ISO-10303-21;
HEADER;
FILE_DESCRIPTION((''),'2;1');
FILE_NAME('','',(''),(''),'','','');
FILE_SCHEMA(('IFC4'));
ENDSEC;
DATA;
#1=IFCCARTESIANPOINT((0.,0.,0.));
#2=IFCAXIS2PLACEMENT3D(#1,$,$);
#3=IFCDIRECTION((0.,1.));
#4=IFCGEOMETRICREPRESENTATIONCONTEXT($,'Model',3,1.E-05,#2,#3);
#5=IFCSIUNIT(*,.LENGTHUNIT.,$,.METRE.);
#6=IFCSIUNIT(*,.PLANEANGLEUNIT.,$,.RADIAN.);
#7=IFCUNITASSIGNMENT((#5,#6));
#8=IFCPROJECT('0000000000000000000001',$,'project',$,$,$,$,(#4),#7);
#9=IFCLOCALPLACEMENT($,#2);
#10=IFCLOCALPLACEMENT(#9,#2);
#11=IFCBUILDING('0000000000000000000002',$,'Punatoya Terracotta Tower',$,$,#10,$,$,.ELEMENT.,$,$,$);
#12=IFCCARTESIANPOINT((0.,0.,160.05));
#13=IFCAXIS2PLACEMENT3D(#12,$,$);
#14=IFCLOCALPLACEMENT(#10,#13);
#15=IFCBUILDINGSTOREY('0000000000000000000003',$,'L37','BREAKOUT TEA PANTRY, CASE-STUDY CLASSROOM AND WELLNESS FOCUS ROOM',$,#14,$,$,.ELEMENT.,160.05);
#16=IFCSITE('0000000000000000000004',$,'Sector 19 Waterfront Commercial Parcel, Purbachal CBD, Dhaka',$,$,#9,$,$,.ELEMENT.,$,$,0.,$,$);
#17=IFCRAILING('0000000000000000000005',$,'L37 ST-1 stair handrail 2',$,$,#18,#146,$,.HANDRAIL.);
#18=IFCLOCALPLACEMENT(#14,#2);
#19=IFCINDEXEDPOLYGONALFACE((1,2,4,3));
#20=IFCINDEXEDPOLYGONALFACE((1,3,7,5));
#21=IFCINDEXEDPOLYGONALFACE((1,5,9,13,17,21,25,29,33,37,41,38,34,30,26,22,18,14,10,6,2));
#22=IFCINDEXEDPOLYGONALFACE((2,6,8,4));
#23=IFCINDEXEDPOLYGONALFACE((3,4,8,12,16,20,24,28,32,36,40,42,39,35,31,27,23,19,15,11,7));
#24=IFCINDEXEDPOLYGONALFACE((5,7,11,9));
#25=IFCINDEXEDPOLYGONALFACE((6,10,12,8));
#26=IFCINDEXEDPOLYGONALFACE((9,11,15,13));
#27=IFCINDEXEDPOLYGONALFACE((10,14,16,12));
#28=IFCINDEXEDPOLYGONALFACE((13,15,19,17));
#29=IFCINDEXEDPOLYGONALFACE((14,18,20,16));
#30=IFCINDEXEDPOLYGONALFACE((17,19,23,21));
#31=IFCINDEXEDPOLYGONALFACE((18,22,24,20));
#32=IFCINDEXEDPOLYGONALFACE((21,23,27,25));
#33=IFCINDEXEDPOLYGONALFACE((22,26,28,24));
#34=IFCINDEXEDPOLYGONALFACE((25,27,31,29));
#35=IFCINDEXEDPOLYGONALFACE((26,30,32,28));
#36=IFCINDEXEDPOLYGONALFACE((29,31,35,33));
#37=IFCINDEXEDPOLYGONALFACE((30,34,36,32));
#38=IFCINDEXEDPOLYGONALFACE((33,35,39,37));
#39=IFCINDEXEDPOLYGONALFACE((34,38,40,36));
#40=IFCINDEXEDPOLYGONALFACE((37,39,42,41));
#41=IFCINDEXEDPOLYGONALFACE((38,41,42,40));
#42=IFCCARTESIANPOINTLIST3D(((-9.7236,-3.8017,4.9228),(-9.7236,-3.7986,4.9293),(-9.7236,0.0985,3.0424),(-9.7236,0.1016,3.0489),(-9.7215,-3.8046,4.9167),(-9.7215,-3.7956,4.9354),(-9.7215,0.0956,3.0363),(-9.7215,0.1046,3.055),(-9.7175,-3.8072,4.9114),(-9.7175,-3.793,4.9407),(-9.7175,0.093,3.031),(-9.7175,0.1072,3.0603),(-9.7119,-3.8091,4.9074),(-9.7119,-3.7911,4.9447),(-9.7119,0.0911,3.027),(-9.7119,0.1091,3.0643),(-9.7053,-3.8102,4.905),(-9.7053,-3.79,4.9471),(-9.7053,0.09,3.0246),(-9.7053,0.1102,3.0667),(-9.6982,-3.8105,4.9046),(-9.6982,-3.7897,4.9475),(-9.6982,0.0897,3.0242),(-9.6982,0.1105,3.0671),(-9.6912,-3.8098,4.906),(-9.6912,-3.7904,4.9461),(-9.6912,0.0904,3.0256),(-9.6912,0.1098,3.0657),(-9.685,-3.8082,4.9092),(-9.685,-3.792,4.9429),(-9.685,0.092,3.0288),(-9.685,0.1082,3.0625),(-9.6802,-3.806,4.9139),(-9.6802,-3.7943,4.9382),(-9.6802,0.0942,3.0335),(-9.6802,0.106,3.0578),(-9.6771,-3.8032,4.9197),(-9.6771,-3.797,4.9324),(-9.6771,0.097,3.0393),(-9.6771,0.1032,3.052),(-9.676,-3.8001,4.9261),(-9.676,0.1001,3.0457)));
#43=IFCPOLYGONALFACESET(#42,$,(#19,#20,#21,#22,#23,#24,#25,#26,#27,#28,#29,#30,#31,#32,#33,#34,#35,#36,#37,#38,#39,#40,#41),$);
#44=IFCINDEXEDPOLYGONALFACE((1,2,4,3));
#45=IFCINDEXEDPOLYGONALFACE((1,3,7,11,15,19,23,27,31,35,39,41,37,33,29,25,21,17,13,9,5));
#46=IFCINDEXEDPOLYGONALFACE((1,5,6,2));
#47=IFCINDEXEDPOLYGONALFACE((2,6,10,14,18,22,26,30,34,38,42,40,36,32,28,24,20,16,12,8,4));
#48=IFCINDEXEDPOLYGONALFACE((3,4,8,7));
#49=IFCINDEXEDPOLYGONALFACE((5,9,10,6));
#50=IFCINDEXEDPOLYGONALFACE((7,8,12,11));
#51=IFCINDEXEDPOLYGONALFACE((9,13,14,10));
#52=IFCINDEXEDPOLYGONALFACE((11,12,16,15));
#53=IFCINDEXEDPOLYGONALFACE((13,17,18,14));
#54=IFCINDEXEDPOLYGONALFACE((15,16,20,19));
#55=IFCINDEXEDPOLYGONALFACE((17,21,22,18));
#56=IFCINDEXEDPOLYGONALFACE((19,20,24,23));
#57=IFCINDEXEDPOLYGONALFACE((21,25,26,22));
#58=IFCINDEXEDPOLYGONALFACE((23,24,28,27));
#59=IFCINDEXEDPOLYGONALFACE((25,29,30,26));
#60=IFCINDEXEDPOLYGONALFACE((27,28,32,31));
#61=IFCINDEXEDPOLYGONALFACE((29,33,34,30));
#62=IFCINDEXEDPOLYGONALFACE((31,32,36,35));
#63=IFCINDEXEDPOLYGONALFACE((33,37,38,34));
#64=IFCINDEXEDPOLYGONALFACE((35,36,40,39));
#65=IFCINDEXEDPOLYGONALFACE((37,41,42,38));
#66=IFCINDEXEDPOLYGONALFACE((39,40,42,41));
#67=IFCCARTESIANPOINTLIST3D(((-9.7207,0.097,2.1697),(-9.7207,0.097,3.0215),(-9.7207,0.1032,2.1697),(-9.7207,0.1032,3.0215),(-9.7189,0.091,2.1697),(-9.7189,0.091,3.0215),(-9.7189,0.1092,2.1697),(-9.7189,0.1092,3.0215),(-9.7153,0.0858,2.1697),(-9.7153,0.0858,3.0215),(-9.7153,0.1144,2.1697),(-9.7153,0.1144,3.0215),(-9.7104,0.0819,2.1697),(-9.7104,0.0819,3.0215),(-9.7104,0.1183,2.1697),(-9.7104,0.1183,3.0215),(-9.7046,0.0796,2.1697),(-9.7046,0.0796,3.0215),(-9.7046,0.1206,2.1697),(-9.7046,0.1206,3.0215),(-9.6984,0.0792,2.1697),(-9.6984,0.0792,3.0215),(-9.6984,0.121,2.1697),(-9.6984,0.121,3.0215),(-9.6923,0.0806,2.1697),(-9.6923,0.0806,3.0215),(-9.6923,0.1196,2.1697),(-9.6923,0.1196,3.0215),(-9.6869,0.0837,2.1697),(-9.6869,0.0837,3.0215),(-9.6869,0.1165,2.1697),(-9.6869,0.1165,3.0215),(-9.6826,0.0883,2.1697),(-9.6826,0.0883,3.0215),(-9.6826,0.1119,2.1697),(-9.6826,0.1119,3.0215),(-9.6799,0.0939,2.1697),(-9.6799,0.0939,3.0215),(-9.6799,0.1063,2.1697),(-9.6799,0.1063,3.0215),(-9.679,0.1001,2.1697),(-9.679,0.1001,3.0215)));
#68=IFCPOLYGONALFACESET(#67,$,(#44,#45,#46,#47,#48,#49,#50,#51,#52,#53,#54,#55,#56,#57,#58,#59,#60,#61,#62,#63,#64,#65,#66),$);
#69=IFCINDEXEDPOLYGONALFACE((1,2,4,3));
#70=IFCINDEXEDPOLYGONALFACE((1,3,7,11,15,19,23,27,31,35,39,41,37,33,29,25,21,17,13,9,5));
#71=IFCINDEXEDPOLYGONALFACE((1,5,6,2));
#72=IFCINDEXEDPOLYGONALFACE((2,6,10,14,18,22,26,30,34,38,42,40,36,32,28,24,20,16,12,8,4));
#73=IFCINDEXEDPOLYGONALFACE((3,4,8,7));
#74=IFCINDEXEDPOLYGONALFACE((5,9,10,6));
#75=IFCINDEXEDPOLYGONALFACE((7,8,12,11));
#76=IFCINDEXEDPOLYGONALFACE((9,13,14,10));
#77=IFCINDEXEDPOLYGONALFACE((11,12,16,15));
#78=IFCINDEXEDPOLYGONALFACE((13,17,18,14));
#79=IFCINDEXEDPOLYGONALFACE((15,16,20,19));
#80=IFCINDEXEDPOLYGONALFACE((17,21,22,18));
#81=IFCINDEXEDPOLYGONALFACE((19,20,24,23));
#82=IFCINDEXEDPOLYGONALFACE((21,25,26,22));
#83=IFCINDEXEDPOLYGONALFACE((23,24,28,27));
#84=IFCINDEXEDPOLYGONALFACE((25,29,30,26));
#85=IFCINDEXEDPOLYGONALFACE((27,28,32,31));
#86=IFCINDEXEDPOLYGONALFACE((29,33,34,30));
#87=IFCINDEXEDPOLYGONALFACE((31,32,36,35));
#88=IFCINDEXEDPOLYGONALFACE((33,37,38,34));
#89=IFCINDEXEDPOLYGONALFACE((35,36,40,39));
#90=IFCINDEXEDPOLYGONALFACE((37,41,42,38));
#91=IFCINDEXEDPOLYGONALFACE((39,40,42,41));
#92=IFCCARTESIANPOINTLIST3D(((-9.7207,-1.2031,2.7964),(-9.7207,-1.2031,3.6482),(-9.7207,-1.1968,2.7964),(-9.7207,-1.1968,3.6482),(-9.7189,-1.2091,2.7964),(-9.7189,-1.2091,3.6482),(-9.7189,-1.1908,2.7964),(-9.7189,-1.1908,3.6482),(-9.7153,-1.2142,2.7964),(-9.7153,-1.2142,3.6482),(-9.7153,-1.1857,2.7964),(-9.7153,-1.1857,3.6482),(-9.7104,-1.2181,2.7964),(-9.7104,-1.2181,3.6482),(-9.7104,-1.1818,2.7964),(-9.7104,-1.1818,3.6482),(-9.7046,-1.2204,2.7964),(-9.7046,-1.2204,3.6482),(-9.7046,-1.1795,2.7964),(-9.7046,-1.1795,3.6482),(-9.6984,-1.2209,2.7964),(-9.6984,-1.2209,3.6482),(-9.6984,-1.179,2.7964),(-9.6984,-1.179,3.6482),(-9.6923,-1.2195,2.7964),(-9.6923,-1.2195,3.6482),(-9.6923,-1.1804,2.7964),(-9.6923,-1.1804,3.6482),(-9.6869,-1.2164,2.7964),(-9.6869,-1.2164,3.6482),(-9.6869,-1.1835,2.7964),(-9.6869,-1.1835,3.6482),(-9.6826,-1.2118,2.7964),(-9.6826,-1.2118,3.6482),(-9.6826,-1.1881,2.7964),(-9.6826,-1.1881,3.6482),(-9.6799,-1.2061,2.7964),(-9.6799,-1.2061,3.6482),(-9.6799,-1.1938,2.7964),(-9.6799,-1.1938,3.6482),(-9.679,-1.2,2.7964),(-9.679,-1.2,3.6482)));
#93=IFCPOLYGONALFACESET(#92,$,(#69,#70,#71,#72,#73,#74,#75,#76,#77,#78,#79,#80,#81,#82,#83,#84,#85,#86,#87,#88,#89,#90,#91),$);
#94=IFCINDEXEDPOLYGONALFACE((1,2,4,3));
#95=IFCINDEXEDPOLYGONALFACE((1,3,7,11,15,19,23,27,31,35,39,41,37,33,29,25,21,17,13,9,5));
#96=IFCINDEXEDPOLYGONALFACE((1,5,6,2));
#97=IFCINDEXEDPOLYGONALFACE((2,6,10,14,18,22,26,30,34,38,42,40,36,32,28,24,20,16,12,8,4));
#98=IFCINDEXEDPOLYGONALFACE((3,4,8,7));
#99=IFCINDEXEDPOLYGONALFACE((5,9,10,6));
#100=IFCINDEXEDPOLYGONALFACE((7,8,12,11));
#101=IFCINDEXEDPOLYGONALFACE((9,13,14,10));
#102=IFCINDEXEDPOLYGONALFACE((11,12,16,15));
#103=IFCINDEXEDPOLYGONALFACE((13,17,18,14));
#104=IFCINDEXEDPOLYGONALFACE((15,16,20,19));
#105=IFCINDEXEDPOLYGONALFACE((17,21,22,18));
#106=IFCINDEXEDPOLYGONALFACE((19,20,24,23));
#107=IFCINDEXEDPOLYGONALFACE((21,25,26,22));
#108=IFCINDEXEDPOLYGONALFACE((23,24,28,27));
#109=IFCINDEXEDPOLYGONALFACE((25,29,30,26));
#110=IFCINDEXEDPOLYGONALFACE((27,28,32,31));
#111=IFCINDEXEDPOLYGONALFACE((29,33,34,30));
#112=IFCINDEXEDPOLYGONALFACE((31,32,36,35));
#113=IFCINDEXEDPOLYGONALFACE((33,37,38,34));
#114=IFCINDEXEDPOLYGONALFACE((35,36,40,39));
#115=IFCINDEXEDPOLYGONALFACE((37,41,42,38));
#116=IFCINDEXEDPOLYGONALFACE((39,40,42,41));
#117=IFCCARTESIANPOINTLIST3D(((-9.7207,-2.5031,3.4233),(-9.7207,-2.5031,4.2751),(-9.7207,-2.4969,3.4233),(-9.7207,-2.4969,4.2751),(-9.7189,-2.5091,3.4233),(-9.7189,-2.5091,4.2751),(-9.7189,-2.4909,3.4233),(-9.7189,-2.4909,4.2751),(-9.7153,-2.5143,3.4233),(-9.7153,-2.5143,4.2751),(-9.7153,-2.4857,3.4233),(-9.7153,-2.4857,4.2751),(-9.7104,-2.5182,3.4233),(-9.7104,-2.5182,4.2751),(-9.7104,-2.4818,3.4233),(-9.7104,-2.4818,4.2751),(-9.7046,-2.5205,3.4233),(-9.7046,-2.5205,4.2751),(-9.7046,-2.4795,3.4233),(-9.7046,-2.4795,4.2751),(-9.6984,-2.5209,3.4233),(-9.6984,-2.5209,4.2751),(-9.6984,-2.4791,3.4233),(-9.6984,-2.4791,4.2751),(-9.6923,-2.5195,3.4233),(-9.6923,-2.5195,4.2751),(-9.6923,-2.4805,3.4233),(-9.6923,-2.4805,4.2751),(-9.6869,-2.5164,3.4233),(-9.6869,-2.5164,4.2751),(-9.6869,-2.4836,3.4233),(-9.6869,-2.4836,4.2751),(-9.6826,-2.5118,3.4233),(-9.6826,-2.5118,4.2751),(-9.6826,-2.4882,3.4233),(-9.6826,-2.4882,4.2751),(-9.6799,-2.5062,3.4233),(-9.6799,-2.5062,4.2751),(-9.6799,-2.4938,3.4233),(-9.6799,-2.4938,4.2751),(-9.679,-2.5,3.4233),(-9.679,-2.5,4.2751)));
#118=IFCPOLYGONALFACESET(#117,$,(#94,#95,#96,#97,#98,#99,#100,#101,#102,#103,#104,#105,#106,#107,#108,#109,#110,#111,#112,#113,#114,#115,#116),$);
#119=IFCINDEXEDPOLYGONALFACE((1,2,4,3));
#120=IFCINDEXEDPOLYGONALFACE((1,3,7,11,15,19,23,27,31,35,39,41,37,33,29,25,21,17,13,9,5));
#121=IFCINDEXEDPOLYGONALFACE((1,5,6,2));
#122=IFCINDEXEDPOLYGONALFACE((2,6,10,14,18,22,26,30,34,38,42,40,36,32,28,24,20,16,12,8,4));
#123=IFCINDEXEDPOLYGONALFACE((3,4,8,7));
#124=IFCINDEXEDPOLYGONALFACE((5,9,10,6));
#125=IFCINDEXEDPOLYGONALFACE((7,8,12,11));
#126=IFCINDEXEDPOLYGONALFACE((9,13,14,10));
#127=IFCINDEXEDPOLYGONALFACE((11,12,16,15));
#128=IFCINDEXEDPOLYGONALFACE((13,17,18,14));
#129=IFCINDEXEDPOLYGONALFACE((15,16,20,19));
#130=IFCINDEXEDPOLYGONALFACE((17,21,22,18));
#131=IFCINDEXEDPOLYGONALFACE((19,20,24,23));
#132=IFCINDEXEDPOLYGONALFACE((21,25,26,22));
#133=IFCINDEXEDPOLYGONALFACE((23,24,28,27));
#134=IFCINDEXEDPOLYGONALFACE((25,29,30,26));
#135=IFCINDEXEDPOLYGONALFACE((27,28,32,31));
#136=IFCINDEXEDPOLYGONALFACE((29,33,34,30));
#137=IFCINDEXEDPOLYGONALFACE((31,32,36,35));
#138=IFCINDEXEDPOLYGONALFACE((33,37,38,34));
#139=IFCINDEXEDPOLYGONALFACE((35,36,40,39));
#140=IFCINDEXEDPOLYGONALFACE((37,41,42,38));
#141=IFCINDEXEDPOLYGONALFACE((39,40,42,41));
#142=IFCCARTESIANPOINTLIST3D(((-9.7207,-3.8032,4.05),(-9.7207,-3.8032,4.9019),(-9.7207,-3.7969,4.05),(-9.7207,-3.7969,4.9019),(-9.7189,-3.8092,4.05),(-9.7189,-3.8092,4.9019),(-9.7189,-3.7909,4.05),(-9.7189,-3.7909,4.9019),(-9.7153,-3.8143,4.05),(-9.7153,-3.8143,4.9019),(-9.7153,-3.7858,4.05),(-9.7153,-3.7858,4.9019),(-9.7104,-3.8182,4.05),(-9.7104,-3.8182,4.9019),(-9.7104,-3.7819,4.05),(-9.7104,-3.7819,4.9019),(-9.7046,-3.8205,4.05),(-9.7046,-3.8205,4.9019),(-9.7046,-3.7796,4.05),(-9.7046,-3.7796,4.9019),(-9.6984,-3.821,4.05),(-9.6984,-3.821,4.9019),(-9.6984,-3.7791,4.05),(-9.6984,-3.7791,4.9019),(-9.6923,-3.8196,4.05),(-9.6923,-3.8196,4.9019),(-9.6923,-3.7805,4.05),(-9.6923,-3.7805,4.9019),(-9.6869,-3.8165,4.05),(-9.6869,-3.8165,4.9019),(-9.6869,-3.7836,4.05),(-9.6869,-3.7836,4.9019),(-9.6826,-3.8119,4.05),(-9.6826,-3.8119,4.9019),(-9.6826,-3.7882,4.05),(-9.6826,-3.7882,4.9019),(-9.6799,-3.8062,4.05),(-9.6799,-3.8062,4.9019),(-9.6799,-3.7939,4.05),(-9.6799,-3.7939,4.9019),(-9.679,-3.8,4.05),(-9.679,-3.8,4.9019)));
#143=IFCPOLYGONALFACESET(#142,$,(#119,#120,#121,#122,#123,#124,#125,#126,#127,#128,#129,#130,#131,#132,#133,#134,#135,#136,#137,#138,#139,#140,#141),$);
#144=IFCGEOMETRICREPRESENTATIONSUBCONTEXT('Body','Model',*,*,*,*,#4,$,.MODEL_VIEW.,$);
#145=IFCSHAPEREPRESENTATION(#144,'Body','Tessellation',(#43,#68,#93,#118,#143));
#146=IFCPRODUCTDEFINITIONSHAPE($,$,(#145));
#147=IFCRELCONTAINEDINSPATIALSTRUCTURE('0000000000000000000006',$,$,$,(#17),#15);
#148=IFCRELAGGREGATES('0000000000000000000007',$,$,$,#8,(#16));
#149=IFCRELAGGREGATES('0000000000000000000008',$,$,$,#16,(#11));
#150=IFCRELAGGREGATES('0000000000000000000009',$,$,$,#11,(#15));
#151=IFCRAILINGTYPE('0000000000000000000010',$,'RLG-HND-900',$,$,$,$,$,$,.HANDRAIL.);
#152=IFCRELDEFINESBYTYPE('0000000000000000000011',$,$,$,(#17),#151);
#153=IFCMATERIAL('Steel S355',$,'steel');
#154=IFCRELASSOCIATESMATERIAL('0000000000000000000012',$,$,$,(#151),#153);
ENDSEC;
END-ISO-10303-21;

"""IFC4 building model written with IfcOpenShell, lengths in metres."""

from ifc_helpers import new_model, si_unit, direction, frame, origin, origin_2d, place, context, subcontext, project, spatial, circle, extrude, material, type_object, element, save


model = new_model("IFC4")

# Units and contexts
model_context = context("Model", 3, precision=1e-05, world=origin(), true_north=direction((0.0, 1.0)))
body_context = subcontext(model_context, "Body", "Model", "MODEL_VIEW")
ifc_project = project(units=[si_unit("LENGTHUNIT", "METRE"), si_unit("PLANEANGLEUNIT", "RADIAN")], contexts=[model_context])

# Site, building, storey
site_placement = place(None, origin())
site = spatial("IfcSite", under=ifc_project, at=site_placement, Name="Sector 19 Waterfront Commercial Parcel, Purbachal CBD, Dhaka", CompositionType="ELEMENT", RefElevation=0.0)
building_placement = place(site_placement, origin())
building = spatial("IfcBuilding", under=site, at=building_placement, Name="Punatoya Terracotta Tower", CompositionType="ELEMENT")
storey_placement = place(building_placement, frame((0.0, 0.0, 160.05)))
storey = spatial("IfcBuildingStorey", under=building, at=storey_placement, Name="L37", Description="BREAKOUT TEA PANTRY, CASE-STUDY CLASSROOM AND WELLNESS FOCUS ROOM", CompositionType="ELEMENT", Elevation=160.05)

# Shared definitions
ifc_material_1 = material(Name="Steel S355", Category="steel")

# Railing
railing_type = type_object("IfcRailingType", Name="RLG-HND-900", PredefinedType="HANDRAIL", material=ifc_material_1)
railing_placement = place(storey_placement, frame((-9.7, 0.1001, 2.1697)))
element("IfcRailing", 1, at=railing_placement, inside=storey, type_object=railing_type, Name="L37 ST-1 stair handrail 2", PredefinedType="HANDRAIL", context=body_context, shape_type="SweptSolid", body=[
    extrude(circle(Radius=0.0239, at=origin_2d()), frame((0.0, 0.0, 0.876), z_axis=(0.0, -0.900774, 0.434289), x_axis=(1.0, 0.0, 0.0)), (0.0, 0.0, 1.0), 4.3298),
    extrude(circle(Radius=0.021, at=origin_2d()), origin(), (0.0, 0.0, 1.0), 0.8518),
    extrude(circle(Radius=0.021, at=origin_2d()), frame((0.0, -1.3, 0.6267)), (0.0, 0.0, 1.0), 0.8518),
    extrude(circle(Radius=0.021, at=origin_2d()), frame((0.0, -2.6001, 1.2537)), (0.0, 0.0, 1.0), 0.8518),
    extrude(circle(Radius=0.021, at=origin_2d()), frame((0.0, -3.9001, 1.8804)), (0.0, 0.0, 1.0), 0.8518),
])

save(model, "model.ifc")
